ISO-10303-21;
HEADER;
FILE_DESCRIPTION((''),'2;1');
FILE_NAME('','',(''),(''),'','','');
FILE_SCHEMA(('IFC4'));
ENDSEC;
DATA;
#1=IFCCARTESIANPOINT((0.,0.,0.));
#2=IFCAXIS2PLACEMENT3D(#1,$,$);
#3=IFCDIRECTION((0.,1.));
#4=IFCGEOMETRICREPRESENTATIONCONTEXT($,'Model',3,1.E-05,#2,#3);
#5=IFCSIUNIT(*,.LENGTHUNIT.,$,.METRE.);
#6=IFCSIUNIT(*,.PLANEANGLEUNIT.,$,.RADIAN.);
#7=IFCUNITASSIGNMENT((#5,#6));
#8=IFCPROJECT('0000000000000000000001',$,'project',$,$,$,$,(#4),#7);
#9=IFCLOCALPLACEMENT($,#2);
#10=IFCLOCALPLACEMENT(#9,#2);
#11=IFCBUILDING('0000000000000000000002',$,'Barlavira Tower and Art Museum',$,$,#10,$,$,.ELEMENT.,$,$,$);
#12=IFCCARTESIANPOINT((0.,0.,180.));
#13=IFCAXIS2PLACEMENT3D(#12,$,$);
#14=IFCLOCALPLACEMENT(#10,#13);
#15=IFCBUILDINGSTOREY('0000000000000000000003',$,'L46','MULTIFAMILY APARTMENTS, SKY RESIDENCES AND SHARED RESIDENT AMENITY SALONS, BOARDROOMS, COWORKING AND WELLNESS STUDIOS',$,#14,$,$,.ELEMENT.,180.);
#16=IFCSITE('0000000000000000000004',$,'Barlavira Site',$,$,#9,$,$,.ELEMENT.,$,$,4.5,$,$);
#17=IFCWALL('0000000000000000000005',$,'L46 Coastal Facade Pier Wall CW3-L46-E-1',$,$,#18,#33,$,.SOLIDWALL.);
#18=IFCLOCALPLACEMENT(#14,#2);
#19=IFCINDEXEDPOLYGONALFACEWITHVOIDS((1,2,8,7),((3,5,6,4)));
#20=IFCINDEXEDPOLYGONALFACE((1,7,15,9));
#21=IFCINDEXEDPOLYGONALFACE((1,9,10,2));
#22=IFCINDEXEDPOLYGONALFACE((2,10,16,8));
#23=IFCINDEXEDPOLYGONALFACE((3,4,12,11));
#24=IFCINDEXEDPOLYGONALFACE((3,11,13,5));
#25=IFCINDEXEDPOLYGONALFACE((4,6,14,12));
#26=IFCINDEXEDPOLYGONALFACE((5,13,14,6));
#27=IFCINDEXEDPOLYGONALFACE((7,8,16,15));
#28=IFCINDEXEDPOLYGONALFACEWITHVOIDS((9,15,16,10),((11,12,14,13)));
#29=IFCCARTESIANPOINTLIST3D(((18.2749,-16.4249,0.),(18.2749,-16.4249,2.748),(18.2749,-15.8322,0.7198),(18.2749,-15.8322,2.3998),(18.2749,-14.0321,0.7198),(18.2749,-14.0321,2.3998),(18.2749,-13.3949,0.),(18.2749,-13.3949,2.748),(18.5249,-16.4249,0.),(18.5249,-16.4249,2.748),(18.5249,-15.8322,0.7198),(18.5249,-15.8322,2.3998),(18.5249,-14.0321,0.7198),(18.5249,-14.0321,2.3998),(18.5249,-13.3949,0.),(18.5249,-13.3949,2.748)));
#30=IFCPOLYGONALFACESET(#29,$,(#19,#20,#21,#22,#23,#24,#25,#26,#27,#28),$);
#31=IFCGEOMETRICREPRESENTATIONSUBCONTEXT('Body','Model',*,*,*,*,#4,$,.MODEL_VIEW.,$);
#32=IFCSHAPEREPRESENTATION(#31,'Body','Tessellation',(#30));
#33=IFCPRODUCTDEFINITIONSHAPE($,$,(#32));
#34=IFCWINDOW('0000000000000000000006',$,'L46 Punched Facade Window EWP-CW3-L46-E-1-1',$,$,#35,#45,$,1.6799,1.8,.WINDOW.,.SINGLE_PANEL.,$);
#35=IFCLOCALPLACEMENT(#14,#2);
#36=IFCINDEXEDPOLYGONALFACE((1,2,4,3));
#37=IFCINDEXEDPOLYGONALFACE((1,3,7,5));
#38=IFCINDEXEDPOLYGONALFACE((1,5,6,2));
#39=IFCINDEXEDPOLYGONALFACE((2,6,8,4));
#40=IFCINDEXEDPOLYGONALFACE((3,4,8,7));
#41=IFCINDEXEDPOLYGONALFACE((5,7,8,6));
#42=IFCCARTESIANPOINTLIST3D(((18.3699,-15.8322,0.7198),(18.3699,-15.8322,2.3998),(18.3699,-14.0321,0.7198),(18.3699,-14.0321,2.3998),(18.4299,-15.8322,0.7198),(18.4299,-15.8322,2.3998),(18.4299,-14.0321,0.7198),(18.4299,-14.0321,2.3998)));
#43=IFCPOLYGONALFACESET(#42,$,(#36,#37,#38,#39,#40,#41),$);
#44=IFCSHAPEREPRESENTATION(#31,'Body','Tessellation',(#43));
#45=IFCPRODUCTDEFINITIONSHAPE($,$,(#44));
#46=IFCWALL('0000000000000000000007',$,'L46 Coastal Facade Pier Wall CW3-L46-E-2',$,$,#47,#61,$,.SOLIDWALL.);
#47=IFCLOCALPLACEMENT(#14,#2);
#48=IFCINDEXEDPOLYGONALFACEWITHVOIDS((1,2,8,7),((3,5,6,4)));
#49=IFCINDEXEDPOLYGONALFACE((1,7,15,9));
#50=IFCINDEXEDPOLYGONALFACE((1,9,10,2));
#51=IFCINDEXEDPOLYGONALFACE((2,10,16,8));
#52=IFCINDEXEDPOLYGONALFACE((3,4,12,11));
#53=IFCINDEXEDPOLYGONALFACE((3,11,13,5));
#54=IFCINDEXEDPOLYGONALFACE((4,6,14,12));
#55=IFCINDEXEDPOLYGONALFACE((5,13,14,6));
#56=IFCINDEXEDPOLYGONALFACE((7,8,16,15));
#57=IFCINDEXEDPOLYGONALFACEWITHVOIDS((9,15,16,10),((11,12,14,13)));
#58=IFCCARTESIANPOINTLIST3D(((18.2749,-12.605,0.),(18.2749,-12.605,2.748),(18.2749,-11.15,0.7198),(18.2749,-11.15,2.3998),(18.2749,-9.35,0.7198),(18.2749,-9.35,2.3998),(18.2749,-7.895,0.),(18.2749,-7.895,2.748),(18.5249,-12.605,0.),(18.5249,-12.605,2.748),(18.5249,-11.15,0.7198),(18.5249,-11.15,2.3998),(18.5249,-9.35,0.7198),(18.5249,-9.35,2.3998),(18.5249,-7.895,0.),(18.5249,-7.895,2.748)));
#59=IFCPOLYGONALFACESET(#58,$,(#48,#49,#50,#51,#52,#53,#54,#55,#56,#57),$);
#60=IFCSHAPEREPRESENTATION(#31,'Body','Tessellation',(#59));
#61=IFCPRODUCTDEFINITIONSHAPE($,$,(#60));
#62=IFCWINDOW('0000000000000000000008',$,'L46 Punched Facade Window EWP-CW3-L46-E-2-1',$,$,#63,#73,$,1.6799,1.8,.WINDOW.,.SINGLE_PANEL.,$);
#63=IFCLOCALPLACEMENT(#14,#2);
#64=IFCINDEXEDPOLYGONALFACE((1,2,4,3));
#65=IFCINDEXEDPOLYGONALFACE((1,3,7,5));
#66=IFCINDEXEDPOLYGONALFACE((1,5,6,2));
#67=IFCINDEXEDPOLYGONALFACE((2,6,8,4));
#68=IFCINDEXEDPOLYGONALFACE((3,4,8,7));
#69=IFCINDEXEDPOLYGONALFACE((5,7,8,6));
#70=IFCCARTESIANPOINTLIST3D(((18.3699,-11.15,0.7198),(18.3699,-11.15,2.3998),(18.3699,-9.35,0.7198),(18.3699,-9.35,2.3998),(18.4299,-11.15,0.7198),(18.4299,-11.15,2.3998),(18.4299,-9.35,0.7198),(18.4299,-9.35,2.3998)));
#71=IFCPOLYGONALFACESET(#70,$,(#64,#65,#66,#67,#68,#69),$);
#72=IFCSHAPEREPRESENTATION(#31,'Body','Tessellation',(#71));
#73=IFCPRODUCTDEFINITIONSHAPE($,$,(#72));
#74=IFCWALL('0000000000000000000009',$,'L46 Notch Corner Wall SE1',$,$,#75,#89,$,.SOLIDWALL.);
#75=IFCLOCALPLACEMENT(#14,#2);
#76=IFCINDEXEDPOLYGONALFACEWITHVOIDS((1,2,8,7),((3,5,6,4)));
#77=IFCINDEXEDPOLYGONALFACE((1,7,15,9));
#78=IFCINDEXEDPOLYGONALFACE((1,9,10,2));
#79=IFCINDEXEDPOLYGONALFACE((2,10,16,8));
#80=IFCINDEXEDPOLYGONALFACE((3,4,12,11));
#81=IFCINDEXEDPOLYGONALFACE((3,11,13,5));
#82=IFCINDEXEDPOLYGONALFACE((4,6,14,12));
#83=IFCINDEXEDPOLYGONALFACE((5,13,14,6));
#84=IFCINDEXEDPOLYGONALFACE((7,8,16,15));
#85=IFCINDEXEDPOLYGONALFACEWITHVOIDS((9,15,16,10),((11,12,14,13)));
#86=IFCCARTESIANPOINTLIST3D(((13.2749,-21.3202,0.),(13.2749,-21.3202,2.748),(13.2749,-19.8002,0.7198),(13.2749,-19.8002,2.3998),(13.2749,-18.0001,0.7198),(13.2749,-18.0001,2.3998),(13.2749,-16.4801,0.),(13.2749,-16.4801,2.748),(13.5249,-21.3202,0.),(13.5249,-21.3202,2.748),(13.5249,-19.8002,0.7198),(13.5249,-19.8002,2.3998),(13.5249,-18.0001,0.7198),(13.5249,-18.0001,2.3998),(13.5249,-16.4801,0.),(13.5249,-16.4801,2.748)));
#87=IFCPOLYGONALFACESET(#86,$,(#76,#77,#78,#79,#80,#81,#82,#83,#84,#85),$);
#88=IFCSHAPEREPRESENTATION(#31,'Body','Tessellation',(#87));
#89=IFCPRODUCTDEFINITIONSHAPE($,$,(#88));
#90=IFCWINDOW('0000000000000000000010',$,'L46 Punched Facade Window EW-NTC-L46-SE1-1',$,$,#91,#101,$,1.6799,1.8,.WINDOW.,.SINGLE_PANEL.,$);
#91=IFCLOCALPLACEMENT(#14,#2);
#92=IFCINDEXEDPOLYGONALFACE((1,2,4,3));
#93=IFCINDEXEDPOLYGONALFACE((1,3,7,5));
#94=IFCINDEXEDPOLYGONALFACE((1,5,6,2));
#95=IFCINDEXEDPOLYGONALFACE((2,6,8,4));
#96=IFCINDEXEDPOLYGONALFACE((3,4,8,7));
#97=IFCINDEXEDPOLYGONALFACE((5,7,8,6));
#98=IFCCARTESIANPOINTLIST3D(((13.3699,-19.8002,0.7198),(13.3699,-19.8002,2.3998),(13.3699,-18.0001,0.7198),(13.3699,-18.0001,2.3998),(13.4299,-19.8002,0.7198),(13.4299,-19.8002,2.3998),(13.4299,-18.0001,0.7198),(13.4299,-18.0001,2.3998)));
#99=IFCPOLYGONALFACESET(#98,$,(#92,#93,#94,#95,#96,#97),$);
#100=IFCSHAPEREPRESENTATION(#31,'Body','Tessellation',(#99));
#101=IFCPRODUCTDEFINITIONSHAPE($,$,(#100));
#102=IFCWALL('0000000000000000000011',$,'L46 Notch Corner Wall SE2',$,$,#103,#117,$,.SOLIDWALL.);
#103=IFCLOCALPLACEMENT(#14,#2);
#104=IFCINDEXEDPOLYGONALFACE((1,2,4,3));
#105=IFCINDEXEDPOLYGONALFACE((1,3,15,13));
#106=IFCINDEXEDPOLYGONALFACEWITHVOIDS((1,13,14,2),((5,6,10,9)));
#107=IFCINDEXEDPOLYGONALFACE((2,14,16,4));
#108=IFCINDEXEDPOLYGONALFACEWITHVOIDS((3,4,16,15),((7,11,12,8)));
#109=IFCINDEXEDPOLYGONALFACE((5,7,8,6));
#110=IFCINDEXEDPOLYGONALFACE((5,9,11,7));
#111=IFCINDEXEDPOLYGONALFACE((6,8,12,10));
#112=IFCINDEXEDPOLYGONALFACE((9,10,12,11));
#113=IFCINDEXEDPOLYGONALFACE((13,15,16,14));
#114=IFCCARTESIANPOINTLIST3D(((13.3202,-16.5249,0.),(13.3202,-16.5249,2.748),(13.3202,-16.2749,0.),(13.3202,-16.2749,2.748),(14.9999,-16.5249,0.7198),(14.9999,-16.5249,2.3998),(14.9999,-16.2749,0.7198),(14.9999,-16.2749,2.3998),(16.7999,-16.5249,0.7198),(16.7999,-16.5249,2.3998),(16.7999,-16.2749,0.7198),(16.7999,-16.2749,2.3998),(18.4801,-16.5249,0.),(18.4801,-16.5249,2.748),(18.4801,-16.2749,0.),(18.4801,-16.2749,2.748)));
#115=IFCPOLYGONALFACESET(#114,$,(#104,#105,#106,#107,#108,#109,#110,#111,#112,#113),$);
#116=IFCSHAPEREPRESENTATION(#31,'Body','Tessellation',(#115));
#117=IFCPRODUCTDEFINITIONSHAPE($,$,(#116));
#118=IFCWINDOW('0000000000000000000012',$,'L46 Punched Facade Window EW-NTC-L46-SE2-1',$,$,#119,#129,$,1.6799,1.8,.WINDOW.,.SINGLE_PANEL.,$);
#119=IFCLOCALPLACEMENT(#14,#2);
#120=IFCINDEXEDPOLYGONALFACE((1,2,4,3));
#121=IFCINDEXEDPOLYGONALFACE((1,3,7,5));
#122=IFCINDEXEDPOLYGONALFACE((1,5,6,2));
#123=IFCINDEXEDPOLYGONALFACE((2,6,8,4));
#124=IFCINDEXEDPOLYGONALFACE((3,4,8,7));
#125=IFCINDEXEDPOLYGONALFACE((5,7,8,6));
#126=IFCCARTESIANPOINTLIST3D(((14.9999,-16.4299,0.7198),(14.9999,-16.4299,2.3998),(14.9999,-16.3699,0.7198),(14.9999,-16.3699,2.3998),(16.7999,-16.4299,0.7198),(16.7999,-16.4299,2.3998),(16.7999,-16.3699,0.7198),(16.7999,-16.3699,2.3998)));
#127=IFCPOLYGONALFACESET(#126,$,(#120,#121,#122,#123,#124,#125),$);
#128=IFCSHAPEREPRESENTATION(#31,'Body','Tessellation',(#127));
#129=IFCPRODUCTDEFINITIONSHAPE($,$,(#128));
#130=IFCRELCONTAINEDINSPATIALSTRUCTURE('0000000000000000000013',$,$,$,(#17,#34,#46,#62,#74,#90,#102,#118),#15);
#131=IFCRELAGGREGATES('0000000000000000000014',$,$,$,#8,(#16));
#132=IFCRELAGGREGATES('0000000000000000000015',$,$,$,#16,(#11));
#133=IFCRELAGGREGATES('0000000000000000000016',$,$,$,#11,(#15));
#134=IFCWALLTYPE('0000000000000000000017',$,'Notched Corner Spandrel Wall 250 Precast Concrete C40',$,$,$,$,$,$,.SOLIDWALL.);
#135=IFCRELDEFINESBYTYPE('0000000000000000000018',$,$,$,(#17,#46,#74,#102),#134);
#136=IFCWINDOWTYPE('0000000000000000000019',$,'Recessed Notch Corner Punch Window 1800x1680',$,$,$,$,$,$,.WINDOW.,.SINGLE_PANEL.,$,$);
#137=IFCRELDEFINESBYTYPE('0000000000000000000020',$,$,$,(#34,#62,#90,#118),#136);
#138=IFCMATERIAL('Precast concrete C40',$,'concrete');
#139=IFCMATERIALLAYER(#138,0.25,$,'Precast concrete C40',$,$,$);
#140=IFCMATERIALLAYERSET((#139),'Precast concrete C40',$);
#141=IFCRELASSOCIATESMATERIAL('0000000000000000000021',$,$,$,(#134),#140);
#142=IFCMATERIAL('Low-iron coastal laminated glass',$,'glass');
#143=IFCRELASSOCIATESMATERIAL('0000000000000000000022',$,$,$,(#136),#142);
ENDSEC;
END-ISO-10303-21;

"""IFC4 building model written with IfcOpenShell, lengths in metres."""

from ifc_helpers import new_model, si_unit, direction, frame, frame_2d, origin, place, context, subcontext, project, spatial, rectangle, extrude, material, layer, layer_set, type_object, element, fill, save


model = new_model("IFC4")

# Units and contexts
model_context = context("Model", 3, precision=1e-05, world=origin(), true_north=direction((0.0, 1.0)))
body_context = subcontext(model_context, "Body", "Model", "MODEL_VIEW")
ifc_project = project(units=[si_unit("LENGTHUNIT", "METRE"), si_unit("PLANEANGLEUNIT", "RADIAN")], contexts=[model_context])

# Site, building, storey
site_placement = place(None, origin())
site = spatial("IfcSite", under=ifc_project, at=site_placement, Name="Barlavira Site", CompositionType="ELEMENT", RefElevation=4.5)
building_placement = place(site_placement, origin())
building = spatial("IfcBuilding", under=site, at=building_placement, Name="Barlavira Tower and Art Museum", CompositionType="ELEMENT")
storey_placement = place(building_placement, frame((0.0, 0.0, 180.0)))
storey = spatial("IfcBuildingStorey", under=building, at=storey_placement, Name="L46", Description="MULTIFAMILY APARTMENTS, SKY RESIDENCES AND SHARED RESIDENT AMENITY SALONS, BOARDROOMS, COWORKING AND WELLNESS STUDIOS", CompositionType="ELEMENT", Elevation=180.0)

# Walls, openings, windows
ifc_material_1 = material(Name="Precast concrete C40", Category="concrete")
ifc_layer_1 = layer(ifc_material_1, 0.25, Name="Precast concrete C40")
ifc_layer_set_1 = layer_set([ifc_layer_1], Name="Precast concrete C40")
wall_type_1 = type_object("IfcWallType", Name="Notched Corner Spandrel Wall 250 Precast Concrete C40", PredefinedType="SOLIDWALL", material=ifc_layer_set_1)
ifc_material_2 = material(Name="Low-iron coastal laminated glass", Category="glass")
wall_1_placement = place(storey_placement, frame((18.3999, -16.425, 0.0), z_axis=(0.0, 0.0, 1.0), x_axis=(0.0, 1.0, 0.0)))
wall_1 = element("IfcWall", 1, at=wall_1_placement, inside=storey, type_object=wall_type_1, Name="L46 Coastal Facade Pier Wall CW3-L46-E-1", PredefinedType="SOLIDWALL", context=body_context, shape_type="SweptSolid", body=[
    extrude(rectangle(XDim=3.03, YDim=0.25, at=frame_2d((1.5151, 0.0))), origin(), (0.0, 0.0, 1.0), 2.748),
])
opening_1_placement = place(wall_1_placement, frame((0.593, 0.0, 0.72)))
opening_1 = element("IfcOpeningElement", 2, at=opening_1_placement, cuts=wall_1, PredefinedType="OPENING", context=body_context, shape_type="SweptSolid", body=[
    extrude(rectangle(XDim=1.8, YDim=1.6799, at=frame_2d((0.8999, 0.8398))), frame((0.0, 0.135, 0.0), z_axis=(0.0, -1.0, 0.0), x_axis=(1.0, 0.0, 0.0)), (0.0, 0.0, 1.0), 0.27),
])
window_type_1 = type_object("IfcWindowType", Name="Recessed Notch Corner Punch Window 1800x1680", PartitioningType="SINGLE_PANEL", PredefinedType="WINDOW", material=ifc_material_2)
window_1_placement = place(opening_1_placement, origin())
window_1 = element("IfcWindow", 3, at=window_1_placement, inside=storey, type_object=window_type_1, Name="L46 Punched Facade Window EWP-CW3-L46-E-1-1", OverallHeight=1.6799, OverallWidth=1.8, PartitioningType="SINGLE_PANEL", PredefinedType="WINDOW", context=body_context, shape_type="SweptSolid", body=[
    extrude(rectangle(XDim=1.8, YDim=1.6799, at=frame_2d((0.8999, 0.8398))), frame((0.0, 0.03, 0.0), z_axis=(0.0, -1.0, 0.0), x_axis=(1.0, 0.0, 0.0)), (0.0, 0.0, 1.0), 0.0601),
])
fill(opening_1, window_1)
wall_2_placement = place(storey_placement, frame((18.3999, -12.605, 0.0), z_axis=(0.0, 0.0, 1.0), x_axis=(0.0, 1.0, 0.0)))
wall_2 = element("IfcWall", 4, at=wall_2_placement, inside=storey, type_object=wall_type_1, Name="L46 Coastal Facade Pier Wall CW3-L46-E-2", PredefinedType="SOLIDWALL", context=body_context, shape_type="SweptSolid", body=[
    extrude(rectangle(XDim=4.71, YDim=0.25, at=frame_2d((2.355, 0.0))), origin(), (0.0, 0.0, 1.0), 2.748),
])
opening_2_placement = place(wall_2_placement, frame((1.4551, 0.0, 0.72)))
opening_2 = element("IfcOpeningElement", 5, at=opening_2_placement, cuts=wall_2, PredefinedType="OPENING", context=body_context, shape_type="SweptSolid", body=[
    extrude(rectangle(XDim=1.8, YDim=1.6799, at=frame_2d((0.8999, 0.8398))), frame((0.0, 0.135, 0.0), z_axis=(0.0, -1.0, 0.0), x_axis=(1.0, 0.0, 0.0)), (0.0, 0.0, 1.0), 0.27),
])
window_2_placement = place(opening_2_placement, origin())
window_2 = element("IfcWindow", 6, at=window_2_placement, inside=storey, type_object=window_type_1, Name="L46 Punched Facade Window EWP-CW3-L46-E-2-1", OverallHeight=1.6799, OverallWidth=1.8, PartitioningType="SINGLE_PANEL", PredefinedType="WINDOW", context=body_context, shape_type="SweptSolid", body=[
    extrude(rectangle(XDim=1.8, YDim=1.6799, at=frame_2d((0.8999, 0.8398))), frame((0.0, 0.03, 0.0), z_axis=(0.0, -1.0, 0.0), x_axis=(1.0, 0.0, 0.0)), (0.0, 0.0, 1.0), 0.0601),
])
fill(opening_2, window_2)
wall_3_placement = place(storey_placement, frame((13.3999, -21.3201, 0.0), z_axis=(0.0, 0.0, 1.0), x_axis=(0.0, 1.0, 0.0)))
wall_3 = element("IfcWall", 7, at=wall_3_placement, inside=storey, type_object=wall_type_1, Name="L46 Notch Corner Wall SE1", PredefinedType="SOLIDWALL", context=body_context, shape_type="SweptSolid", body=[
    extrude(rectangle(XDim=4.8401, YDim=0.25, at=frame_2d((2.4199, 0.0))), origin(), (0.0, 0.0, 1.0), 2.748),
])
opening_3_placement = place(wall_3_placement, frame((1.52, 0.0, 0.72)))
opening_3 = element("IfcOpeningElement", 8, at=opening_3_placement, cuts=wall_3, PredefinedType="OPENING", context=body_context, shape_type="SweptSolid", body=[
    extrude(rectangle(XDim=1.8, YDim=1.6799, at=frame_2d((0.8999, 0.8398))), frame((0.0, 0.135, 0.0), z_axis=(0.0, -1.0, 0.0), x_axis=(1.0, 0.0, 0.0)), (0.0, 0.0, 1.0), 0.27),
])
window_3_placement = place(opening_3_placement, origin())
window_3 = element("IfcWindow", 9, at=window_3_placement, inside=storey, type_object=window_type_1, Name="L46 Punched Facade Window EW-NTC-L46-SE1-1", OverallHeight=1.6799, OverallWidth=1.8, PartitioningType="SINGLE_PANEL", PredefinedType="WINDOW", context=body_context, shape_type="SweptSolid", body=[
    extrude(rectangle(XDim=1.8, YDim=1.6799, at=frame_2d((0.8999, 0.8398))), frame((0.0, 0.03, 0.0), z_axis=(0.0, -1.0, 0.0), x_axis=(1.0, 0.0, 0.0)), (0.0, 0.0, 1.0), 0.0601),
])
fill(opening_3, window_3)
wall_4_placement = place(storey_placement, frame((13.3201, -16.3999, 0.0), z_axis=(0.0, 0.0, 1.0), x_axis=(1.0, 0.0, 0.0)))
wall_4 = element("IfcWall", 10, at=wall_4_placement, inside=storey, type_object=wall_type_1, Name="L46 Notch Corner Wall SE2", PredefinedType="SOLIDWALL", context=body_context, shape_type="SweptSolid", body=[
    extrude(rectangle(XDim=5.1599, YDim=0.25, at=frame_2d((2.5801, 0.0))), origin(), (0.0, 0.0, 1.0), 2.748),
])
opening_4_placement = place(wall_4_placement, frame((1.6799, 0.0, 0.72)))
opening_4 = element("IfcOpeningElement", 11, at=opening_4_placement, cuts=wall_4, PredefinedType="OPENING", context=body_context, shape_type="SweptSolid", body=[
    extrude(rectangle(XDim=1.8, YDim=1.6799, at=frame_2d((0.8999, 0.8398))), frame((0.0, 0.135, 0.0), z_axis=(0.0, -1.0, 0.0), x_axis=(1.0, 0.0, 0.0)), (0.0, 0.0, 1.0), 0.27),
])
window_4_placement = place(opening_4_placement, origin())
window_4 = element("IfcWindow", 12, at=window_4_placement, inside=storey, type_object=window_type_1, Name="L46 Punched Facade Window EW-NTC-L46-SE2-1", OverallHeight=1.6799, OverallWidth=1.8, PartitioningType="SINGLE_PANEL", PredefinedType="WINDOW", context=body_context, shape_type="SweptSolid", body=[
    extrude(rectangle(XDim=1.8, YDim=1.6799, at=frame_2d((0.8999, 0.8398))), frame((0.0, 0.03, 0.0), z_axis=(0.0, -1.0, 0.0), x_axis=(1.0, 0.0, 0.0)), (0.0, 0.0, 1.0), 0.0601),
])
fill(opening_4, window_4)

save(model, "model.ifc")
